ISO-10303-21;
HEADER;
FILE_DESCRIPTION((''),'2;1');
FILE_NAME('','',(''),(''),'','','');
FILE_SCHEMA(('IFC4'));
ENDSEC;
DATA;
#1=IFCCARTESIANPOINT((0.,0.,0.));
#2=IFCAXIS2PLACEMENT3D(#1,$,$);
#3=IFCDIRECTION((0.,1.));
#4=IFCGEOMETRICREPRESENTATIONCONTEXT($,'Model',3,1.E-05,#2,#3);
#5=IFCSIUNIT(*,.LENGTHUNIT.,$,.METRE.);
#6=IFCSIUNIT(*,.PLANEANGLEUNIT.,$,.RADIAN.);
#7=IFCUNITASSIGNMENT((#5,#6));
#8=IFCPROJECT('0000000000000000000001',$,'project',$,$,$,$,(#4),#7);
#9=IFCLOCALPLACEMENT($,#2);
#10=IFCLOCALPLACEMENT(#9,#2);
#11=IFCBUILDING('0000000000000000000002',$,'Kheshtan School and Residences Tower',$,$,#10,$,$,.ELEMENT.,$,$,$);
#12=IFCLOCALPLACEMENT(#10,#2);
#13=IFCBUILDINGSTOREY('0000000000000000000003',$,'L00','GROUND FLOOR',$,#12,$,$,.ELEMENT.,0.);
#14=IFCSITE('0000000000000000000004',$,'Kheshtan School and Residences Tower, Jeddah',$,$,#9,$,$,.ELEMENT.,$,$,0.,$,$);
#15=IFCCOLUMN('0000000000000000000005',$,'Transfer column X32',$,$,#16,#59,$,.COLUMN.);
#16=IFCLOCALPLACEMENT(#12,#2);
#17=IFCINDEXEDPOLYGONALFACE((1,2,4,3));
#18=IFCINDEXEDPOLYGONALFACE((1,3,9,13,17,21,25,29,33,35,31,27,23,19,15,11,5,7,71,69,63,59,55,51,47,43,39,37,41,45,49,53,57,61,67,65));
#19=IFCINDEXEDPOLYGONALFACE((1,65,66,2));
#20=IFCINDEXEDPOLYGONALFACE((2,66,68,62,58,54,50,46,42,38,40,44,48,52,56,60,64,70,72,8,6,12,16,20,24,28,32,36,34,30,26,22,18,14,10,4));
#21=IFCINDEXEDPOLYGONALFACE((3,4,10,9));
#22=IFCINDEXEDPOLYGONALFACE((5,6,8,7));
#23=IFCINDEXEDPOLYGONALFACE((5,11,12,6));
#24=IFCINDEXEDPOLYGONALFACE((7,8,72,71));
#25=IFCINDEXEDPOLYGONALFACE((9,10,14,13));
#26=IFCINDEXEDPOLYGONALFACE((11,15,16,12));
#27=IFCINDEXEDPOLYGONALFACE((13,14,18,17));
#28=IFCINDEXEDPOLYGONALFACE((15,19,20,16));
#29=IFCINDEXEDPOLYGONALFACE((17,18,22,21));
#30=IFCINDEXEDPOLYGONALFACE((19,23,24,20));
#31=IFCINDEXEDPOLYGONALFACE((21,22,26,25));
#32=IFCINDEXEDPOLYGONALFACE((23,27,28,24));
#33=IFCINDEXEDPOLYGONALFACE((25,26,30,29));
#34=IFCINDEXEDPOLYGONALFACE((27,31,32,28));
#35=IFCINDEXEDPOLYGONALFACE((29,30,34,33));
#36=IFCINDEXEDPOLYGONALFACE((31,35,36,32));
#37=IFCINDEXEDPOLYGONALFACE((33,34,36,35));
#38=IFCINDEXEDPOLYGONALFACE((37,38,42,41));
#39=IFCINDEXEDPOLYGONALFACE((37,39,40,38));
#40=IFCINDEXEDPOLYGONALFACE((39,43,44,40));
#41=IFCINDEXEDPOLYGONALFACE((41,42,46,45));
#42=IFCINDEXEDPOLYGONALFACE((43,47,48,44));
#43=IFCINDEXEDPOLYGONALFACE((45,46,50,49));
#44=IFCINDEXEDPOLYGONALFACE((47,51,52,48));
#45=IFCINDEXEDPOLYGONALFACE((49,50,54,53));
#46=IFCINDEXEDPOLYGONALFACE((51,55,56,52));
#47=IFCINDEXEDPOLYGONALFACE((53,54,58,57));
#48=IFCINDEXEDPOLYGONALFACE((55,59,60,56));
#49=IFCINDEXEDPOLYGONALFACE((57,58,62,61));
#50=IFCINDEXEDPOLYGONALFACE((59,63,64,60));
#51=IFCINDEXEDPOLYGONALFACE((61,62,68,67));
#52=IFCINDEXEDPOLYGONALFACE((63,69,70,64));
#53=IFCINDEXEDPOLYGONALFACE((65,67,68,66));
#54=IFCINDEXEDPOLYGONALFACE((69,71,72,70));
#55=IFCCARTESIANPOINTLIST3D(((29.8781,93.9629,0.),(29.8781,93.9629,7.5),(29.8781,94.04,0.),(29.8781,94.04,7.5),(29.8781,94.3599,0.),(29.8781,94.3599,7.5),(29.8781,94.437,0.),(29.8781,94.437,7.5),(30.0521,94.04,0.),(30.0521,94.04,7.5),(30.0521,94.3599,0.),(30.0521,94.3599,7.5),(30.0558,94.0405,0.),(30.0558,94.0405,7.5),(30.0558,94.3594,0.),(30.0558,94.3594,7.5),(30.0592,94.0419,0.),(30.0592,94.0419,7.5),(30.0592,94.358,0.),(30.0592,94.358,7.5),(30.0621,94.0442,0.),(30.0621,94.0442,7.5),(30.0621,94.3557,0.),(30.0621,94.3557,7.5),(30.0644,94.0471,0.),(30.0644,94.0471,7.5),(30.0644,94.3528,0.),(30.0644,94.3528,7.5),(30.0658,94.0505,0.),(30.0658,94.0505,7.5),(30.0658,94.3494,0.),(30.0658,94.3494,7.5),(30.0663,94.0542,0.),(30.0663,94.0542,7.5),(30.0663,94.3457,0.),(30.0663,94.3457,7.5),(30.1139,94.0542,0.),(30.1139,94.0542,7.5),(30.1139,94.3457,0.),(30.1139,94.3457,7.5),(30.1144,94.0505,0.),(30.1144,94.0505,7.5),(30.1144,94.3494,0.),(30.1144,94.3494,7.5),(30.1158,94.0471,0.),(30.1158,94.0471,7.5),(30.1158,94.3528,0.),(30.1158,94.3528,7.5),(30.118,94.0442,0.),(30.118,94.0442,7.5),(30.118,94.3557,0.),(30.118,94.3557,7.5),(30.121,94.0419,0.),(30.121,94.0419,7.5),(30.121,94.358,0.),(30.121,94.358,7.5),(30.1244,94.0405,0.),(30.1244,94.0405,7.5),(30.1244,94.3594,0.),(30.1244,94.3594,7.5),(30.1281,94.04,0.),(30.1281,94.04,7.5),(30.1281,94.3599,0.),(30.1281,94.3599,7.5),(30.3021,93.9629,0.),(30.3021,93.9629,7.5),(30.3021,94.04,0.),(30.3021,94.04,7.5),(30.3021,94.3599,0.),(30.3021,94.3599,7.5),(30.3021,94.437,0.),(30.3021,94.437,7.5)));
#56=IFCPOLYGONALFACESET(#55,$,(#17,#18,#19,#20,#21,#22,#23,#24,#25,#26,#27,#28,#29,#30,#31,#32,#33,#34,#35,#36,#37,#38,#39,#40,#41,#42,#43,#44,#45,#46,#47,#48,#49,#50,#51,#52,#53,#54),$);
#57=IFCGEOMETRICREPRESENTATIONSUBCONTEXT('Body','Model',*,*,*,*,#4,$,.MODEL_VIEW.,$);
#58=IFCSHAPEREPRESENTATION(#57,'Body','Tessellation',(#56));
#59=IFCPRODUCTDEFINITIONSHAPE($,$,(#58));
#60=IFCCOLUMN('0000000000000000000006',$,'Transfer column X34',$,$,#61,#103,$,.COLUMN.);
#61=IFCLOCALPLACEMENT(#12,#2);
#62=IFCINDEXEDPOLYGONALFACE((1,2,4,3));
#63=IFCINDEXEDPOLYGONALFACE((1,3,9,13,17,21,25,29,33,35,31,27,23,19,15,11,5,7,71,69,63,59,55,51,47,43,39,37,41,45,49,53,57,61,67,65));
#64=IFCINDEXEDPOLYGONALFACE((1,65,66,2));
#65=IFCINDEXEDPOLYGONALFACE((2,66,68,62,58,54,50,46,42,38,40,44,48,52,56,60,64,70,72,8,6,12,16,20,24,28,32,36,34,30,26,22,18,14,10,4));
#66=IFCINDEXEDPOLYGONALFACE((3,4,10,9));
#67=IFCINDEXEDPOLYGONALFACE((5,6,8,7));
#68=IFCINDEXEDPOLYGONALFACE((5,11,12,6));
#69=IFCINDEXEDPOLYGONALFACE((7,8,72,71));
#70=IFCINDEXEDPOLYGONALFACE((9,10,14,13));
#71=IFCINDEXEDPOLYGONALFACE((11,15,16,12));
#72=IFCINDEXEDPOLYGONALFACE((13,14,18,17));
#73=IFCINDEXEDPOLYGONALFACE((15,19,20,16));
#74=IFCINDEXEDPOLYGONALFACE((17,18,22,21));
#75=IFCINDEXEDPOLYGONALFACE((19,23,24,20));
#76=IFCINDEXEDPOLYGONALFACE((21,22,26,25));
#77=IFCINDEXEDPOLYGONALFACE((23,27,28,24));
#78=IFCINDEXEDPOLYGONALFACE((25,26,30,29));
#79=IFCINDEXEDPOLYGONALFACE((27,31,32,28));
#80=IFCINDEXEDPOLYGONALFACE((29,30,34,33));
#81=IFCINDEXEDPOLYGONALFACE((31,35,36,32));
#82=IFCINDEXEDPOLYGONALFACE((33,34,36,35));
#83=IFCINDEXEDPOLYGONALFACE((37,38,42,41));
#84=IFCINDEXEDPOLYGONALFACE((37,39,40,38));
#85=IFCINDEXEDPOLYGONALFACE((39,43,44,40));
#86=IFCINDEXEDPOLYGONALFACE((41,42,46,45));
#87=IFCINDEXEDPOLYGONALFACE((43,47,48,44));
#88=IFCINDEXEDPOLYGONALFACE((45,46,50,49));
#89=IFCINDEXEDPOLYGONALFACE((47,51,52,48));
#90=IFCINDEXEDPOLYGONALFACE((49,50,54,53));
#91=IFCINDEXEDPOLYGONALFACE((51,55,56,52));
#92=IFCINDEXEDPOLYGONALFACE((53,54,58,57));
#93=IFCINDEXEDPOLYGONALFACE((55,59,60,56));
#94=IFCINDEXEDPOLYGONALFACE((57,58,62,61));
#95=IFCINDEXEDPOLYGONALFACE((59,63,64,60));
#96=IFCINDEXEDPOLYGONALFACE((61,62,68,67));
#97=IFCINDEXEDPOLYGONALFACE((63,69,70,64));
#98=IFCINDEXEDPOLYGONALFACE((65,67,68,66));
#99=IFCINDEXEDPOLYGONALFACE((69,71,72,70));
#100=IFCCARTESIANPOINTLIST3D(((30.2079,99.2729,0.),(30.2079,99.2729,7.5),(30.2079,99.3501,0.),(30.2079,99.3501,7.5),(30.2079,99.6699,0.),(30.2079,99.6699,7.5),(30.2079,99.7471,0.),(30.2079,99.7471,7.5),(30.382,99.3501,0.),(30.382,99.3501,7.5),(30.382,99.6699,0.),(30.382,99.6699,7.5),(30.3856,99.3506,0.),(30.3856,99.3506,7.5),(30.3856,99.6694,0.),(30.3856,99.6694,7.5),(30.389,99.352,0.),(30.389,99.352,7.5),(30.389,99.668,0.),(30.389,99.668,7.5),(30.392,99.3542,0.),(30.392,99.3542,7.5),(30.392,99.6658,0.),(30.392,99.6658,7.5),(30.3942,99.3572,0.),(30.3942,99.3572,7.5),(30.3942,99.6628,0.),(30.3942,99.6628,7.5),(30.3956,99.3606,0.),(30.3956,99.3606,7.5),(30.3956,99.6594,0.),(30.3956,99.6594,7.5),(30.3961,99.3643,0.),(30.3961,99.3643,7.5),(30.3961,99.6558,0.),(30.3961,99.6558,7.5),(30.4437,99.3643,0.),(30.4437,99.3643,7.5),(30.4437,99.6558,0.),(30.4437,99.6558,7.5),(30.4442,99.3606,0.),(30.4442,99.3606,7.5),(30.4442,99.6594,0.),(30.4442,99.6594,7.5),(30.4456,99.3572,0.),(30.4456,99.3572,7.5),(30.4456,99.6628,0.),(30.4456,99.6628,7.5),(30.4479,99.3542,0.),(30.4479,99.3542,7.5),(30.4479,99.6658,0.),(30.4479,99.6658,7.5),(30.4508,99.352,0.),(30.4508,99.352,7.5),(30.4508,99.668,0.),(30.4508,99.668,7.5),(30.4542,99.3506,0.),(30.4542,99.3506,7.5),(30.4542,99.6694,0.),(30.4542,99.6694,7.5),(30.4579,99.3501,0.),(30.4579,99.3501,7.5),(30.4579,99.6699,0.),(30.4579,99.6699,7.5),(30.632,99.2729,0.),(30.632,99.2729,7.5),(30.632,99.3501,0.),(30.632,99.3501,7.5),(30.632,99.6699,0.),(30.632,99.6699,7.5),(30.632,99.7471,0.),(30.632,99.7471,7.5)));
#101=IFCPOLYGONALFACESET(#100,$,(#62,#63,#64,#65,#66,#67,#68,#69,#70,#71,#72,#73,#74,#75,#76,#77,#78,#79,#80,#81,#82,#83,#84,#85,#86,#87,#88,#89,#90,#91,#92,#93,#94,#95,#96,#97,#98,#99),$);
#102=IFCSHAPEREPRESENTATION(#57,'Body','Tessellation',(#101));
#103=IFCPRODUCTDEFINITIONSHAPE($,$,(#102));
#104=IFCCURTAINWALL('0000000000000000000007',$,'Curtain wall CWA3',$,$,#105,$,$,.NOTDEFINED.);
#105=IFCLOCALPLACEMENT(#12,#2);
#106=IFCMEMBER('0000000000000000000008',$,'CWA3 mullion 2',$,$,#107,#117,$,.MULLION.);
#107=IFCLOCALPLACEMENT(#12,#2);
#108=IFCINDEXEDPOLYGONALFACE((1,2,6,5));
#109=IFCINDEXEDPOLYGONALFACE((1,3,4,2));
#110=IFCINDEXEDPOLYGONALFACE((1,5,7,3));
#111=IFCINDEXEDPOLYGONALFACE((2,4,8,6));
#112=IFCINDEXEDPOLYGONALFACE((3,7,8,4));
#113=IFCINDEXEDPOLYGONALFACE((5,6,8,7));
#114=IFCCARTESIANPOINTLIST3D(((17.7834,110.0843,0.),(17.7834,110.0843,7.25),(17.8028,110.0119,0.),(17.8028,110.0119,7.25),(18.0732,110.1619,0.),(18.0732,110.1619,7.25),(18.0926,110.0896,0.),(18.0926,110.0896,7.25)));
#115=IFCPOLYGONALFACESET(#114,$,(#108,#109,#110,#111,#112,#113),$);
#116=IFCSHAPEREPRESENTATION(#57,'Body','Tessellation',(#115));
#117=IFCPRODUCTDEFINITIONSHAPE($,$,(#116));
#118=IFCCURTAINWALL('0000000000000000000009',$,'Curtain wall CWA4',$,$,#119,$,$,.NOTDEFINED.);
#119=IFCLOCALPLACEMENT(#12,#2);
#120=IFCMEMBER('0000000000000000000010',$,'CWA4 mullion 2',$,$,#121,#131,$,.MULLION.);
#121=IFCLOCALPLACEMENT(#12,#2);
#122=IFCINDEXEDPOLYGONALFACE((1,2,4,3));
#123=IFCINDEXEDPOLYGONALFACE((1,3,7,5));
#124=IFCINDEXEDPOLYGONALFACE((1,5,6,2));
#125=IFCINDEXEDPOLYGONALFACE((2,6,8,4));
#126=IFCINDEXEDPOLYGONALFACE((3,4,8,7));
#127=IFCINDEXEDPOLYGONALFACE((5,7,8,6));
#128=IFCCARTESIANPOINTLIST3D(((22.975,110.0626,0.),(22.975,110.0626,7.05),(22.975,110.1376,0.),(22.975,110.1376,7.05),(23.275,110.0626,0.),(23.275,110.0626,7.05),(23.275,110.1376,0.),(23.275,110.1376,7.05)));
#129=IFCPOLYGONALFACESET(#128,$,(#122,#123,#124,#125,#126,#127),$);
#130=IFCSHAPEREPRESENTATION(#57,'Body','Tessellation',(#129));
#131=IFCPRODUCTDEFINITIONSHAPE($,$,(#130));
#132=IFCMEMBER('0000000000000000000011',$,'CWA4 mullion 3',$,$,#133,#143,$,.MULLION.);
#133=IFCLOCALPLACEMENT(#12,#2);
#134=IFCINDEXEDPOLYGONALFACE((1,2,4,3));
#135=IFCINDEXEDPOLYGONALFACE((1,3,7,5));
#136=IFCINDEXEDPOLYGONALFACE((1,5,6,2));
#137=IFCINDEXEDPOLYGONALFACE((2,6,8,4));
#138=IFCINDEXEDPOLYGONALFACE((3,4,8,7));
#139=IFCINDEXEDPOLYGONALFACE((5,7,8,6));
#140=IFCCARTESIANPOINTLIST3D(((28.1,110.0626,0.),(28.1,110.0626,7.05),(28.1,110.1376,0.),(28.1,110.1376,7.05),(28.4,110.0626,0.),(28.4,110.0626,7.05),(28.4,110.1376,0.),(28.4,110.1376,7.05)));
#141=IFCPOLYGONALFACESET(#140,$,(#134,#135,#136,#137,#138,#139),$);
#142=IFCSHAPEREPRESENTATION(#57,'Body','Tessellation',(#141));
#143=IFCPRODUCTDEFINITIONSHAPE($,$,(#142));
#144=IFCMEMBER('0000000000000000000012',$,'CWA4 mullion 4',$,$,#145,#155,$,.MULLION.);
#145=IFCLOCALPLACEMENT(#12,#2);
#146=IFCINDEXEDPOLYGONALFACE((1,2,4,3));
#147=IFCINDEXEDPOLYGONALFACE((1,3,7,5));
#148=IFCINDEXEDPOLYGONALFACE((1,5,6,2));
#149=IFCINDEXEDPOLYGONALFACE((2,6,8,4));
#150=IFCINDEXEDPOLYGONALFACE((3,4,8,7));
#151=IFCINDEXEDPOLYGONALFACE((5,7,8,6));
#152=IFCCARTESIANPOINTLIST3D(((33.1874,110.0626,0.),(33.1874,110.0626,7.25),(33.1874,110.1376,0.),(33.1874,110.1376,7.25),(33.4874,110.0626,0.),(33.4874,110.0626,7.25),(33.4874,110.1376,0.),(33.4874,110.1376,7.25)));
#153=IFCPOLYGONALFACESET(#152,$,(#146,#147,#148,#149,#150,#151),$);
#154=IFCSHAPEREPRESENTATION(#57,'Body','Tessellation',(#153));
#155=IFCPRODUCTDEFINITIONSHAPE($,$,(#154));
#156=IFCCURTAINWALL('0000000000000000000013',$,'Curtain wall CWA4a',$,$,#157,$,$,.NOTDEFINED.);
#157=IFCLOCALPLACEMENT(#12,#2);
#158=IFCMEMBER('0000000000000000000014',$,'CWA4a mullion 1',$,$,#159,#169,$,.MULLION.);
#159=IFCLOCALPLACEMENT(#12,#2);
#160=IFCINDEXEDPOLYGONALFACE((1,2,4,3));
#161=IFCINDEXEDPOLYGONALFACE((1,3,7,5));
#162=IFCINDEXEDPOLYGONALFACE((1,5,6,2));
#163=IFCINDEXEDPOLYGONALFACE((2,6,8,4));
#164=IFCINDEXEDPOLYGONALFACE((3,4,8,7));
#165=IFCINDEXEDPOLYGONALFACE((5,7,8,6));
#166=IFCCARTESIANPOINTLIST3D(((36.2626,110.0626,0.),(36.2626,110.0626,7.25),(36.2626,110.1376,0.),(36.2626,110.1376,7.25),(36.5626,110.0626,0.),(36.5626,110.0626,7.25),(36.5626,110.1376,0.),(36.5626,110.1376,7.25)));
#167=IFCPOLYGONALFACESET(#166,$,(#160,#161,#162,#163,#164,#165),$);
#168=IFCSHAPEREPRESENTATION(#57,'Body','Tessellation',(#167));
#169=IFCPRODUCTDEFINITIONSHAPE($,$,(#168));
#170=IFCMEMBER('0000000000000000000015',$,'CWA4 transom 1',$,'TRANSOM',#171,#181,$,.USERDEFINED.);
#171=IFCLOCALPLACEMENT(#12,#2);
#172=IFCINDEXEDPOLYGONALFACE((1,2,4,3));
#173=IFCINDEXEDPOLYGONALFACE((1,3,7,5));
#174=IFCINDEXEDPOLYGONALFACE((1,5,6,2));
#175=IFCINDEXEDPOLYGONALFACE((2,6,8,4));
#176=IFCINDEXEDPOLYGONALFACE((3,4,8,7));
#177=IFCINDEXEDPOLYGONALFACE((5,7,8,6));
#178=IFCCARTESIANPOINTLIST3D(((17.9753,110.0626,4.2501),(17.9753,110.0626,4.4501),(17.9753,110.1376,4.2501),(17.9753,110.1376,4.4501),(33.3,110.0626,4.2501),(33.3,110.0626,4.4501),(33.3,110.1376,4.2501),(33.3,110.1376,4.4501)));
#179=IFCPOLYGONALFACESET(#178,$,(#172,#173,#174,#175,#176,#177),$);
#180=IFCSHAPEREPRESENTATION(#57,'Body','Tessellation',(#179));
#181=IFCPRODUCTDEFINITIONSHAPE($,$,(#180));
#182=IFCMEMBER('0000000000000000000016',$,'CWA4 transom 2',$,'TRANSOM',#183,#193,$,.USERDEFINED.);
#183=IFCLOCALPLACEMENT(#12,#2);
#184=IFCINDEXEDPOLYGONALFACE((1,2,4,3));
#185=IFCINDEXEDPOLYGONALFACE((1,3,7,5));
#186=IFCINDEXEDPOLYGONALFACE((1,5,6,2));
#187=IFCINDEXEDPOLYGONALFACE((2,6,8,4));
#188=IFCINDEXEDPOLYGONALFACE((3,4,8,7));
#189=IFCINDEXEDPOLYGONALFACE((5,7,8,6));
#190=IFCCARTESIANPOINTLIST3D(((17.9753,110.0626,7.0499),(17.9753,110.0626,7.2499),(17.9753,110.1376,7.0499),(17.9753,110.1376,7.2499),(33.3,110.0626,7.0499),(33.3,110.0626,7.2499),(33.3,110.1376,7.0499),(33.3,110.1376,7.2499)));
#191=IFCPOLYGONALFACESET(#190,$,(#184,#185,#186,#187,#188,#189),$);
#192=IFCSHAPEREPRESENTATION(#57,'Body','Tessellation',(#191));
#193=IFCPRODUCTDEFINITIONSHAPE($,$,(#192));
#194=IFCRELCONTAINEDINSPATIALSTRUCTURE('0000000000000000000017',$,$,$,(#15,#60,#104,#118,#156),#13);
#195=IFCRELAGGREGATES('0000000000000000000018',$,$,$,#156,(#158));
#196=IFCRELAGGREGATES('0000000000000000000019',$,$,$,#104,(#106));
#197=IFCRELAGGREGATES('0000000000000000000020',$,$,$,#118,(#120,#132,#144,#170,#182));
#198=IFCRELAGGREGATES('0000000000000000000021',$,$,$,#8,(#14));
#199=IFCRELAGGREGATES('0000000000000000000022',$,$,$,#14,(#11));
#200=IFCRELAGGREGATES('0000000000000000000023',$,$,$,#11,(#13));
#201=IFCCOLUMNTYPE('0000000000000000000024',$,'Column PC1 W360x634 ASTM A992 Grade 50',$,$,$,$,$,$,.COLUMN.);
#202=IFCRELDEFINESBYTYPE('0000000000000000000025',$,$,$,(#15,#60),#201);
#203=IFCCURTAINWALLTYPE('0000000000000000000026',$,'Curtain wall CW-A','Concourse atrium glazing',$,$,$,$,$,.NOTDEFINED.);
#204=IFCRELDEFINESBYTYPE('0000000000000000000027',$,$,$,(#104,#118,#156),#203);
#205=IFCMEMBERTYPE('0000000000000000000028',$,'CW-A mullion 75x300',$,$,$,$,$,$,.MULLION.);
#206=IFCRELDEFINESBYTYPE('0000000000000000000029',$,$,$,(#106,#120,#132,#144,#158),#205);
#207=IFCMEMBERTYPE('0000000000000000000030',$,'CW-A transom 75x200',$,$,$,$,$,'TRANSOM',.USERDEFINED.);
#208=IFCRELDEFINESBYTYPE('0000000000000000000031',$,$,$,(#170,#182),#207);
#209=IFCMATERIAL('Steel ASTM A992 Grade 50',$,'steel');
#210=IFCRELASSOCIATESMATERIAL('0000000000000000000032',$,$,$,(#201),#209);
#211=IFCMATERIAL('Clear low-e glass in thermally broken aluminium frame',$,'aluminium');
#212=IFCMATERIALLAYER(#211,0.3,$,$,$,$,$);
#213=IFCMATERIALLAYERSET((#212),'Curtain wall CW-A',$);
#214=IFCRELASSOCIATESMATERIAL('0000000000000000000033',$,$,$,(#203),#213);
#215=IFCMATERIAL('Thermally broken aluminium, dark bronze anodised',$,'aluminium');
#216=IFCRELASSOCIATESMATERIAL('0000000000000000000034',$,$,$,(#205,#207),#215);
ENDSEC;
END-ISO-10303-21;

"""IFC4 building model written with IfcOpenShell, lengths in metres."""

from ifc_helpers import new_model, si_unit, direction, frame, origin, origin_2d, place, context, subcontext, project, spatial, rectangle, i_section, extrude, material, layer, layer_set, material_profile, profile_set, type_object, element, aggregate, save


model = new_model("IFC4")

# Units and contexts
model_context = context("Model", 3, precision=1e-05, world=origin(), true_north=direction((0.0, 1.0)))
body_context = subcontext(model_context, "Body", "Model", "MODEL_VIEW")
ifc_project = project(units=[si_unit("LENGTHUNIT", "METRE"), si_unit("PLANEANGLEUNIT", "RADIAN")], contexts=[model_context])

# Site, building, storey
site_placement = place(None, origin())
site = spatial("IfcSite", under=ifc_project, at=site_placement, Name="Kheshtan School and Residences Tower, Jeddah", CompositionType="ELEMENT", RefElevation=0.0)
building_placement = place(site_placement, origin())
building = spatial("IfcBuilding", under=site, at=building_placement, Name="Kheshtan School and Residences Tower", CompositionType="ELEMENT")
storey_placement = place(building_placement, origin())
storey = spatial("IfcBuildingStorey", under=building, at=storey_placement, Name="L00", Description="GROUND FLOOR", CompositionType="ELEMENT", Elevation=0.0)

# Columns
ifc_material_1 = material(Name="Steel ASTM A992 Grade 50", Category="steel")
ifc_material_profile_1 = material_profile(ifc_material_1, i_section(OverallWidth=0.4241, OverallDepth=0.4741, WebThickness=0.0476, FlangeThickness=0.0771, FilletRadius=0.0142, at=origin_2d()), Name="W360x634")
ifc_profile_set_1 = profile_set([ifc_material_profile_1], Name="Steel ASTM A992 Grade 50")
column_type = type_object("IfcColumnType", Name="Column PC1 W360x634 ASTM A992 Grade 50", PredefinedType="COLUMN", material=ifc_profile_set_1)
for number, where, z_axis, x_axis, name in (
    (1, (30.0901, 94.2, 0.0), (0.0, 0.0, 1.0), (1.0, 0.0, 0.0), "Transfer column X32"),
    (2, (30.4199, 99.51, 0.0), (0.0, 0.0, 1.0), (1.0, 0.0, 0.0), "Transfer column X34"),
):
    element("IfcColumn", number, at=place(storey_placement, frame(where, z_axis=z_axis, x_axis=x_axis)), inside=storey, type_object=column_type, Name=name, PredefinedType="COLUMN", context=body_context, shape_type="SweptSolid", body=[
        extrude(i_section(OverallWidth=0.4241, OverallDepth=0.4741, WebThickness=0.0476, FlangeThickness=0.0771, FilletRadius=0.0142, at=origin_2d()), origin(), (0.0, 0.0, 1.0), 7.5),
    ])

# Curtain wall, member
ifc_material_2 = material(Name="Clear low-e glass in thermally broken aluminium frame", Category="aluminium")
ifc_layer_1 = layer(ifc_material_2, 0.3)
ifc_layer_set_1 = layer_set([ifc_layer_1], Name="Curtain wall CW-A")
curtain_wall_type = type_object("IfcCurtainWallType", Name="Curtain wall CW-A", Description="Concourse atrium glazing", PredefinedType="NOTDEFINED", material=ifc_layer_set_1)
curtain_wall_1_placement = place(storey_placement, origin())
curtain_wall_1 = element("IfcCurtainWall", 3, at=curtain_wall_1_placement, inside=storey, type_object=curtain_wall_type, Name="Curtain wall CWA3", PredefinedType="NOTDEFINED")
ifc_material_3 = material(Name="Thermally broken aluminium, dark bronze anodised", Category="aluminium")
ifc_material_profile_2 = material_profile(ifc_material_3, rectangle(XDim=0.075, YDim=0.3, at=origin_2d()), Name="CW-A mullion 75x300")
ifc_profile_set_2 = profile_set([ifc_material_profile_2], Name="Thermally broken aluminium, dark bronze anodised")
member_type_1 = type_object("IfcMemberType", Name="CW-A mullion 75x300", PredefinedType="MULLION", material=ifc_profile_set_2)
member_1_placement = place(storey_placement, frame((17.938, 110.0869, 0.0), z_axis=(0.0, 0.0, 1.0), x_axis=(-0.258865, 0.965914, 0.0)))
member_1 = element("IfcMember", 4, at=member_1_placement, type_object=member_type_1, Name="CWA3 mullion 2", PredefinedType="MULLION", context=body_context, shape_type="SweptSolid", body=[
    extrude(rectangle(XDim=0.075, YDim=0.3, at=origin_2d()), origin(), (0.0, 0.0, 1.0), 7.25),
])

# Curtain wall, members
curtain_wall_2_placement = place(storey_placement, origin())
curtain_wall_2 = element("IfcCurtainWall", 5, at=curtain_wall_2_placement, inside=storey, type_object=curtain_wall_type, Name="Curtain wall CWA4", PredefinedType="NOTDEFINED")
member_2_placement = place(storey_placement, frame((23.125, 110.1001, 0.0), z_axis=(0.0, 0.0, 1.0), x_axis=(0.0, 1.0, 0.0)))
member_2 = element("IfcMember", 6, at=member_2_placement, type_object=member_type_1, Name="CWA4 mullion 2", PredefinedType="MULLION", context=body_context, shape_type="SweptSolid", body=[
    extrude(rectangle(XDim=0.075, YDim=0.3, at=origin_2d()), origin(), (0.0, 0.0, 1.0), 7.05),
])
member_3_placement = place(storey_placement, frame((28.25, 110.1001, 0.0), z_axis=(0.0, 0.0, 1.0), x_axis=(0.0, 1.0, 0.0)))
member_3 = element("IfcMember", 7, at=member_3_placement, type_object=member_type_1, Name="CWA4 mullion 3", PredefinedType="MULLION", context=body_context, shape_type="SweptSolid", body=[
    extrude(rectangle(XDim=0.075, YDim=0.3, at=origin_2d()), origin(), (0.0, 0.0, 1.0), 7.05),
])
member_4_placement = place(storey_placement, frame((33.3374, 110.1001, 0.0), z_axis=(0.0, 0.0, 1.0), x_axis=(0.0, 1.0, 0.0)))
member_4 = element("IfcMember", 8, at=member_4_placement, type_object=member_type_1, Name="CWA4 mullion 4", PredefinedType="MULLION", context=body_context, shape_type="SweptSolid", body=[
    extrude(rectangle(XDim=0.075, YDim=0.3, at=origin_2d()), origin(), (0.0, 0.0, 1.0), 7.25),
])

# Curtain wall, member
curtain_wall_3_placement = place(storey_placement, origin())
curtain_wall_3 = element("IfcCurtainWall", 9, at=curtain_wall_3_placement, inside=storey, type_object=curtain_wall_type, Name="Curtain wall CWA4a", PredefinedType="NOTDEFINED")
member_5_placement = place(storey_placement, frame((36.4126, 110.1001, 0.0), z_axis=(0.0, 0.0, 1.0), x_axis=(0.0, 1.0, 0.0)))
member_5 = element("IfcMember", 10, at=member_5_placement, type_object=member_type_1, Name="CWA4a mullion 1", PredefinedType="MULLION", context=body_context, shape_type="SweptSolid", body=[
    extrude(rectangle(XDim=0.075, YDim=0.3, at=origin_2d()), origin(), (0.0, 0.0, 1.0), 7.25),
])
aggregate(curtain_wall_3, [member_5])

# Members
ifc_material_profile_3 = material_profile(ifc_material_3, rectangle(XDim=0.075, YDim=0.2, at=origin_2d()), Name="CW-A transom 75x200")
ifc_profile_set_3 = profile_set([ifc_material_profile_3], Name="Thermally broken aluminium, dark bronze anodised")
member_type_2 = type_object("IfcMemberType", Name="CW-A transom 75x200", ElementType="TRANSOM", PredefinedType="USERDEFINED", material=ifc_profile_set_3)
member_6_placement = place(storey_placement, frame((17.9753, 110.1001, 4.3501), z_axis=(1.0, 0.0, 0.0), x_axis=(0.0, 1.0, 0.0)))
member_6 = element("IfcMember", 11, at=member_6_placement, type_object=member_type_2, Name="CWA4 transom 1", ObjectType="TRANSOM", PredefinedType="USERDEFINED", context=body_context, shape_type="SweptSolid", body=[
    extrude(rectangle(XDim=0.075, YDim=0.2, at=origin_2d()), origin(), (0.0, 0.0, 1.0), 15.3247),
])
member_7_placement = place(storey_placement, frame((17.9753, 110.1001, 7.1499), z_axis=(1.0, 0.0, 0.0), x_axis=(0.0, 1.0, 0.0)))
member_7 = element("IfcMember", 12, at=member_7_placement, type_object=member_type_2, Name="CWA4 transom 2", ObjectType="TRANSOM", PredefinedType="USERDEFINED", context=body_context, shape_type="SweptSolid", body=[
    extrude(rectangle(XDim=0.075, YDim=0.2, at=origin_2d()), origin(), (0.0, 0.0, 1.0), 15.3247),
])

aggregate(curtain_wall_1, [member_1])
aggregate(curtain_wall_2, [member_2, member_3, member_4, member_6, member_7])

save(model, "model.ifc")
